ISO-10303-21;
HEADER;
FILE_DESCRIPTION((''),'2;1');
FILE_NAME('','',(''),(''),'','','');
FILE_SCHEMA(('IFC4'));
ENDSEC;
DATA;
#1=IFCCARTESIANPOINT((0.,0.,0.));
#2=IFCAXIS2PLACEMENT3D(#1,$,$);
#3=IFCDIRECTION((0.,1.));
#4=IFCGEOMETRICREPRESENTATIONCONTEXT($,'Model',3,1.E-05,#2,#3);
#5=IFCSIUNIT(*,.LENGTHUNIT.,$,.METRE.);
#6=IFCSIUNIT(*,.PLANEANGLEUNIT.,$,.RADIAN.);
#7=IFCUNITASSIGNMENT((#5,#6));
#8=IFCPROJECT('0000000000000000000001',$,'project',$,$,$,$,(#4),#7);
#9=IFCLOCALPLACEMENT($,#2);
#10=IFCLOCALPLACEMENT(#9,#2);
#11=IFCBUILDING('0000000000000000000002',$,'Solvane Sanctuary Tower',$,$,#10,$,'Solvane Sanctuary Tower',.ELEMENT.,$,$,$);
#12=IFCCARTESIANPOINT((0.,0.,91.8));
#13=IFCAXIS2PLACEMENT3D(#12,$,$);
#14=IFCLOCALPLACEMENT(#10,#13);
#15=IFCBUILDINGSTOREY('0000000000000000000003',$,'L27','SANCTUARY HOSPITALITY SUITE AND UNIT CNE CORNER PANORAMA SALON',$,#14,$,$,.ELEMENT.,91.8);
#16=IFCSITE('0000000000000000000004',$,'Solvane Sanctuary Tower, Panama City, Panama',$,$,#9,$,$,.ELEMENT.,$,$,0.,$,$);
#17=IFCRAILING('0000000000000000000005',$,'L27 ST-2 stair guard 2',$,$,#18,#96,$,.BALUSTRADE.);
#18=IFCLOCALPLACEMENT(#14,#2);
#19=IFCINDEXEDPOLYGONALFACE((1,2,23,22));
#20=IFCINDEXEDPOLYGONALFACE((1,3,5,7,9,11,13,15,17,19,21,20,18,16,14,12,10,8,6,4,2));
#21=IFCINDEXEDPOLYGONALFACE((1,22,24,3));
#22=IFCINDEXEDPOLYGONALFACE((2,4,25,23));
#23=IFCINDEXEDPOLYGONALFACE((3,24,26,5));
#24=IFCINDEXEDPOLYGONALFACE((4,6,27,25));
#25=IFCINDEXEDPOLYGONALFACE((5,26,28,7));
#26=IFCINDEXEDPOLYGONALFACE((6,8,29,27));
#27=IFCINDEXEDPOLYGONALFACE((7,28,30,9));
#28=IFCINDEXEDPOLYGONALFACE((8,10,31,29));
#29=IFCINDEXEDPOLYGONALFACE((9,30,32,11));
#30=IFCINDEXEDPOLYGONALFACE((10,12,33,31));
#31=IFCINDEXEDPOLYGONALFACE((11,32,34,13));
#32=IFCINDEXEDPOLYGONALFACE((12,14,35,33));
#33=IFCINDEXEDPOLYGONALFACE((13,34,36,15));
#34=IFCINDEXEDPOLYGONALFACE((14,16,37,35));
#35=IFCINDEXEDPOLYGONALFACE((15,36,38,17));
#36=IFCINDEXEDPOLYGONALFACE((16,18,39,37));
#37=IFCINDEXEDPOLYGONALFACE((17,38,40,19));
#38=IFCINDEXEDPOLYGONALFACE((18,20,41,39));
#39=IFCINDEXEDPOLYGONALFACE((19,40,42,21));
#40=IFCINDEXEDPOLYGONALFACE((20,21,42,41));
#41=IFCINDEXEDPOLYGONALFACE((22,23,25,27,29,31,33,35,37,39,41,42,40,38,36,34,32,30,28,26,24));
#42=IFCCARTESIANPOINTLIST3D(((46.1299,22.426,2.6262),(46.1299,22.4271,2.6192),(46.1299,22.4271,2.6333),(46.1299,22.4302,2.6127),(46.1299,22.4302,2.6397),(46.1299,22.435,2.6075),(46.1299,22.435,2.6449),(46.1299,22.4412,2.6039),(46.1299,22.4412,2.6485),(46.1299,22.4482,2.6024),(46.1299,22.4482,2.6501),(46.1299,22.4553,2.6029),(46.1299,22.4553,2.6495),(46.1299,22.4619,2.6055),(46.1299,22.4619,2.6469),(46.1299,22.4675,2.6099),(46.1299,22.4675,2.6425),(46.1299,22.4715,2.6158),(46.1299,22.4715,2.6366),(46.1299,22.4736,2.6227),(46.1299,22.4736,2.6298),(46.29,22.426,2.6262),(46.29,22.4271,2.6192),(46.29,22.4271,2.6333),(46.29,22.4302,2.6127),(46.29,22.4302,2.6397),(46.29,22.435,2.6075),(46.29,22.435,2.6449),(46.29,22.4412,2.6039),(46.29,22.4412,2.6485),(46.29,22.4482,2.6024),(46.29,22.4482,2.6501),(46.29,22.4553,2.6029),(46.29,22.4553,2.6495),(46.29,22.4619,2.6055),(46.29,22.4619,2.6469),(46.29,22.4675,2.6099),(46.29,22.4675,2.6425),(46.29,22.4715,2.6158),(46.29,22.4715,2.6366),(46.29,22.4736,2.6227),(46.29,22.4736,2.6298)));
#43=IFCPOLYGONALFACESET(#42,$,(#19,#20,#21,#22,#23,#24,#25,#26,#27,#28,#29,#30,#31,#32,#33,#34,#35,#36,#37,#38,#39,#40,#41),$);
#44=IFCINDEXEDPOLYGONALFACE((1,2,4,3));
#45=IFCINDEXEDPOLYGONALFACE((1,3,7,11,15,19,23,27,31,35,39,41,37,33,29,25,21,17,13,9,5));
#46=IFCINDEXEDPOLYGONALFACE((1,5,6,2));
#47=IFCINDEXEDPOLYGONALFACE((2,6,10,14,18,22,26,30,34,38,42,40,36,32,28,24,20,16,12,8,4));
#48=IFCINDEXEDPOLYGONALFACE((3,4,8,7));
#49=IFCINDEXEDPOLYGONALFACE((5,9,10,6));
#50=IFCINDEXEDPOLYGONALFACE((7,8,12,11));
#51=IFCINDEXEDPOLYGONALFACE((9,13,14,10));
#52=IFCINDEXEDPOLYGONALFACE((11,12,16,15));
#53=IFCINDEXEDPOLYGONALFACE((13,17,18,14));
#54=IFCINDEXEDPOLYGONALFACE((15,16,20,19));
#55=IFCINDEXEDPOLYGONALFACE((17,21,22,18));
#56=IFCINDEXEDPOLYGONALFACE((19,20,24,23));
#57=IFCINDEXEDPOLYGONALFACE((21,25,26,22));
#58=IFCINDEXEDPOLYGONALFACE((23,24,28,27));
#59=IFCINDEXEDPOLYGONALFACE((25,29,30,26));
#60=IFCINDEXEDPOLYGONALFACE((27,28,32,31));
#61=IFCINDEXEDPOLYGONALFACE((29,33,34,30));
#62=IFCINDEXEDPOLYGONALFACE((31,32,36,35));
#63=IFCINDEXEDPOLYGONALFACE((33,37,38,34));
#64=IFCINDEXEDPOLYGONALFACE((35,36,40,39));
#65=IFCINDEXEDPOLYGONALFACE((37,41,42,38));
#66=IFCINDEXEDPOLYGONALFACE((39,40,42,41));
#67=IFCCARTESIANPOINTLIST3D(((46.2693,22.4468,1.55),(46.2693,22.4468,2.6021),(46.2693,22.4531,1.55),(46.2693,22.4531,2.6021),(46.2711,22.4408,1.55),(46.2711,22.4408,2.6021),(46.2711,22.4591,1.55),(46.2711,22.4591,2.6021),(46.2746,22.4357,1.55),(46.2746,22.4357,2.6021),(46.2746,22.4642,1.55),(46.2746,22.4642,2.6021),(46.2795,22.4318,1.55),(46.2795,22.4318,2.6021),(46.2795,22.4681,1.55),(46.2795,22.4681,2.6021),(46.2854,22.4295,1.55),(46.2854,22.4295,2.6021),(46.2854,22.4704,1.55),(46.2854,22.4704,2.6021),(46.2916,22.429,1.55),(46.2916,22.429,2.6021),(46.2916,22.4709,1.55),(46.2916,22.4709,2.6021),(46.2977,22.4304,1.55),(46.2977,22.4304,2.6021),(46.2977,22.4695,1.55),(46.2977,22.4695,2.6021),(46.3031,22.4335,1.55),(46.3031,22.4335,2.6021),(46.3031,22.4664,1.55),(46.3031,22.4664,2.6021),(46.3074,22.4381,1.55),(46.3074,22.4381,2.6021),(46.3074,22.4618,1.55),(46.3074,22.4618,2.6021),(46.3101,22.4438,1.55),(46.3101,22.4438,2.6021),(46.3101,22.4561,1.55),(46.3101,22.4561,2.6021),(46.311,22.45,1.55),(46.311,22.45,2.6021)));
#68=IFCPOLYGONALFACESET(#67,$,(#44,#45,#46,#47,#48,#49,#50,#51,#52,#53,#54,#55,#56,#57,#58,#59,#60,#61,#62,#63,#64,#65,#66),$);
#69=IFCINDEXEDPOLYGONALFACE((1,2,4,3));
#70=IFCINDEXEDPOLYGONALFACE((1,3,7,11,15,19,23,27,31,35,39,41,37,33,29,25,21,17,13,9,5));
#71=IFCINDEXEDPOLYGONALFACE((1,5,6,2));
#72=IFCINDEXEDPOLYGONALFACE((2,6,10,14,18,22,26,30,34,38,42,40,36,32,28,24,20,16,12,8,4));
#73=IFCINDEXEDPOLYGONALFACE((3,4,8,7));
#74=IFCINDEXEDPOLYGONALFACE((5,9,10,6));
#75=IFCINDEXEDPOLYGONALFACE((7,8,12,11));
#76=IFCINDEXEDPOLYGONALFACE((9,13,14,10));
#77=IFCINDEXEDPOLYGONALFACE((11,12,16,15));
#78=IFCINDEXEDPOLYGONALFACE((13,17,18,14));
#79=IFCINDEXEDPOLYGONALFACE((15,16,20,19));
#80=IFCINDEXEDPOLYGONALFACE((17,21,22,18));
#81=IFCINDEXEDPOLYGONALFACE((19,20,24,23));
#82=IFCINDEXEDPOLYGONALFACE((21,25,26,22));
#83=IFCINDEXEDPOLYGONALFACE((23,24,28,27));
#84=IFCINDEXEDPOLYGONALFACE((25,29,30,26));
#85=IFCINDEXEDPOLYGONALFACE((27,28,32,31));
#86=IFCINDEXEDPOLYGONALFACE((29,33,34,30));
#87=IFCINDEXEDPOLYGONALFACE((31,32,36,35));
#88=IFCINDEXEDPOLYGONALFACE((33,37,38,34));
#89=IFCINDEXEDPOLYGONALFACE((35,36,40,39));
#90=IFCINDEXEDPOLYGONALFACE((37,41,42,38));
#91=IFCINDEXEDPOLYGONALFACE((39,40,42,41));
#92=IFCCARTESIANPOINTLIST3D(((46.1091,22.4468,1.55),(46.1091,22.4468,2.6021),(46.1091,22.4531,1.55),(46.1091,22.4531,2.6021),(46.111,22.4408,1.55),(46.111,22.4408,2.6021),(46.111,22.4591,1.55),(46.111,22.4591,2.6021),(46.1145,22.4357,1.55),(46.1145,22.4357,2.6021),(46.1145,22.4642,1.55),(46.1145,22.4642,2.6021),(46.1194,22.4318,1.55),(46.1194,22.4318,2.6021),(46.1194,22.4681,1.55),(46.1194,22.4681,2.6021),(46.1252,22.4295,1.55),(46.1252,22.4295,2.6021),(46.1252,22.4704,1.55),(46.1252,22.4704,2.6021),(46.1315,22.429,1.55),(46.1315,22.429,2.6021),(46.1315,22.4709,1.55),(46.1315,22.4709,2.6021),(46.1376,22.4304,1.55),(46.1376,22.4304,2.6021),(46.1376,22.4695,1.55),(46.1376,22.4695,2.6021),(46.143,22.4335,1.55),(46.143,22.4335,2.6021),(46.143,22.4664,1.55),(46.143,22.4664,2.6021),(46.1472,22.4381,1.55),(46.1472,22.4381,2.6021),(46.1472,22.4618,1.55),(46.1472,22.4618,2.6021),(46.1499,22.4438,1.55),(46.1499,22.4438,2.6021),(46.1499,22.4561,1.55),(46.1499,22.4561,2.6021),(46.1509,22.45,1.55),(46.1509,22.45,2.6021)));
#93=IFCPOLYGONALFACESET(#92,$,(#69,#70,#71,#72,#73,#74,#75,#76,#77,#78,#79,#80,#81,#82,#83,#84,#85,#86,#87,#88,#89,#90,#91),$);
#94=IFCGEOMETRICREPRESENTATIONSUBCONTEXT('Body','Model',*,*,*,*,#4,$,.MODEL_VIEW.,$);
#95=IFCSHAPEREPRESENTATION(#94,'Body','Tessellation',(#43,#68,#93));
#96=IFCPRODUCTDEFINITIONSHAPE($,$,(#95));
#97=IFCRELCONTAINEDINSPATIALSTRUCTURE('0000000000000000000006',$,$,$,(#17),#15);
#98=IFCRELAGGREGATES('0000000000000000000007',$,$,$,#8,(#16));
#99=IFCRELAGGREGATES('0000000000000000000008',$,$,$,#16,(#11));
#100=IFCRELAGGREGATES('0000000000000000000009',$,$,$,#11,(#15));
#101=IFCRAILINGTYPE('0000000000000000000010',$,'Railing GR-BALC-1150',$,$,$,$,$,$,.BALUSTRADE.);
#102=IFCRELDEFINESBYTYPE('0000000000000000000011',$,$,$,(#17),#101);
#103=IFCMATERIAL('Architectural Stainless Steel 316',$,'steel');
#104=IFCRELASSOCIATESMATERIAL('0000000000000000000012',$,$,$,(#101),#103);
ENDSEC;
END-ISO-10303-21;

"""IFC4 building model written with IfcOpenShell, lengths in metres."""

from ifc_helpers import new_model, si_unit, direction, frame, origin, origin_2d, place, context, subcontext, project, spatial, circle, extrude, material, type_object, element, save


model = new_model("IFC4")

# Units and contexts
model_context = context("Model", 3, precision=1e-05, world=origin(), true_north=direction((0.0, 1.0)))
body_context = subcontext(model_context, "Body", "Model", "MODEL_VIEW")
ifc_project = project(units=[si_unit("LENGTHUNIT", "METRE"), si_unit("PLANEANGLEUNIT", "RADIAN")], contexts=[model_context])

# Site, building, storey
site_placement = place(None, origin())
site = spatial("IfcSite", under=ifc_project, at=site_placement, Name="Solvane Sanctuary Tower, Panama City, Panama", CompositionType="ELEMENT", RefElevation=0.0)
building_placement = place(site_placement, origin())
building = spatial("IfcBuilding", under=site, at=building_placement, Name="Solvane Sanctuary Tower", LongName="Solvane Sanctuary Tower", CompositionType="ELEMENT")
storey_placement = place(building_placement, frame((0.0, 0.0, 91.8)))
storey = spatial("IfcBuildingStorey", under=building, at=storey_placement, Name="L27", Description="SANCTUARY HOSPITALITY SUITE AND UNIT CNE CORNER PANORAMA SALON", CompositionType="ELEMENT", Elevation=91.8)

# Railing
ifc_material_1 = material(Name="Architectural Stainless Steel 316", Category="steel")
railing_type = type_object("IfcRailingType", Name="Railing GR-BALC-1150", PredefinedType="BALUSTRADE", material=ifc_material_1)
railing_1_placement = place(storey_placement, frame((46.29, 22.45, 1.55)))
element("IfcRailing", 1, at=railing_1_placement, inside=storey, type_object=railing_type, Name="L27 ST-2 stair guard 2", PredefinedType="BALUSTRADE", context=body_context, shape_type="SweptSolid", body=[
    extrude(circle(Radius=0.0239, at=origin_2d()), frame((0.0, 0.0, 1.0762), z_axis=(-1.0, 0.0, 0.0), x_axis=(0.0, -1.0, 0.0)), (0.0, 0.0, 1.0), 0.1602),
    extrude(circle(Radius=0.021, at=origin_2d()), origin(), (0.0, 0.0, 1.0), 1.052),
    extrude(circle(Radius=0.021, at=origin_2d()), frame((-0.1602, 0.0, 0.0)), (0.0, 0.0, 1.0), 1.052),
])

save(model, "model.ifc")
